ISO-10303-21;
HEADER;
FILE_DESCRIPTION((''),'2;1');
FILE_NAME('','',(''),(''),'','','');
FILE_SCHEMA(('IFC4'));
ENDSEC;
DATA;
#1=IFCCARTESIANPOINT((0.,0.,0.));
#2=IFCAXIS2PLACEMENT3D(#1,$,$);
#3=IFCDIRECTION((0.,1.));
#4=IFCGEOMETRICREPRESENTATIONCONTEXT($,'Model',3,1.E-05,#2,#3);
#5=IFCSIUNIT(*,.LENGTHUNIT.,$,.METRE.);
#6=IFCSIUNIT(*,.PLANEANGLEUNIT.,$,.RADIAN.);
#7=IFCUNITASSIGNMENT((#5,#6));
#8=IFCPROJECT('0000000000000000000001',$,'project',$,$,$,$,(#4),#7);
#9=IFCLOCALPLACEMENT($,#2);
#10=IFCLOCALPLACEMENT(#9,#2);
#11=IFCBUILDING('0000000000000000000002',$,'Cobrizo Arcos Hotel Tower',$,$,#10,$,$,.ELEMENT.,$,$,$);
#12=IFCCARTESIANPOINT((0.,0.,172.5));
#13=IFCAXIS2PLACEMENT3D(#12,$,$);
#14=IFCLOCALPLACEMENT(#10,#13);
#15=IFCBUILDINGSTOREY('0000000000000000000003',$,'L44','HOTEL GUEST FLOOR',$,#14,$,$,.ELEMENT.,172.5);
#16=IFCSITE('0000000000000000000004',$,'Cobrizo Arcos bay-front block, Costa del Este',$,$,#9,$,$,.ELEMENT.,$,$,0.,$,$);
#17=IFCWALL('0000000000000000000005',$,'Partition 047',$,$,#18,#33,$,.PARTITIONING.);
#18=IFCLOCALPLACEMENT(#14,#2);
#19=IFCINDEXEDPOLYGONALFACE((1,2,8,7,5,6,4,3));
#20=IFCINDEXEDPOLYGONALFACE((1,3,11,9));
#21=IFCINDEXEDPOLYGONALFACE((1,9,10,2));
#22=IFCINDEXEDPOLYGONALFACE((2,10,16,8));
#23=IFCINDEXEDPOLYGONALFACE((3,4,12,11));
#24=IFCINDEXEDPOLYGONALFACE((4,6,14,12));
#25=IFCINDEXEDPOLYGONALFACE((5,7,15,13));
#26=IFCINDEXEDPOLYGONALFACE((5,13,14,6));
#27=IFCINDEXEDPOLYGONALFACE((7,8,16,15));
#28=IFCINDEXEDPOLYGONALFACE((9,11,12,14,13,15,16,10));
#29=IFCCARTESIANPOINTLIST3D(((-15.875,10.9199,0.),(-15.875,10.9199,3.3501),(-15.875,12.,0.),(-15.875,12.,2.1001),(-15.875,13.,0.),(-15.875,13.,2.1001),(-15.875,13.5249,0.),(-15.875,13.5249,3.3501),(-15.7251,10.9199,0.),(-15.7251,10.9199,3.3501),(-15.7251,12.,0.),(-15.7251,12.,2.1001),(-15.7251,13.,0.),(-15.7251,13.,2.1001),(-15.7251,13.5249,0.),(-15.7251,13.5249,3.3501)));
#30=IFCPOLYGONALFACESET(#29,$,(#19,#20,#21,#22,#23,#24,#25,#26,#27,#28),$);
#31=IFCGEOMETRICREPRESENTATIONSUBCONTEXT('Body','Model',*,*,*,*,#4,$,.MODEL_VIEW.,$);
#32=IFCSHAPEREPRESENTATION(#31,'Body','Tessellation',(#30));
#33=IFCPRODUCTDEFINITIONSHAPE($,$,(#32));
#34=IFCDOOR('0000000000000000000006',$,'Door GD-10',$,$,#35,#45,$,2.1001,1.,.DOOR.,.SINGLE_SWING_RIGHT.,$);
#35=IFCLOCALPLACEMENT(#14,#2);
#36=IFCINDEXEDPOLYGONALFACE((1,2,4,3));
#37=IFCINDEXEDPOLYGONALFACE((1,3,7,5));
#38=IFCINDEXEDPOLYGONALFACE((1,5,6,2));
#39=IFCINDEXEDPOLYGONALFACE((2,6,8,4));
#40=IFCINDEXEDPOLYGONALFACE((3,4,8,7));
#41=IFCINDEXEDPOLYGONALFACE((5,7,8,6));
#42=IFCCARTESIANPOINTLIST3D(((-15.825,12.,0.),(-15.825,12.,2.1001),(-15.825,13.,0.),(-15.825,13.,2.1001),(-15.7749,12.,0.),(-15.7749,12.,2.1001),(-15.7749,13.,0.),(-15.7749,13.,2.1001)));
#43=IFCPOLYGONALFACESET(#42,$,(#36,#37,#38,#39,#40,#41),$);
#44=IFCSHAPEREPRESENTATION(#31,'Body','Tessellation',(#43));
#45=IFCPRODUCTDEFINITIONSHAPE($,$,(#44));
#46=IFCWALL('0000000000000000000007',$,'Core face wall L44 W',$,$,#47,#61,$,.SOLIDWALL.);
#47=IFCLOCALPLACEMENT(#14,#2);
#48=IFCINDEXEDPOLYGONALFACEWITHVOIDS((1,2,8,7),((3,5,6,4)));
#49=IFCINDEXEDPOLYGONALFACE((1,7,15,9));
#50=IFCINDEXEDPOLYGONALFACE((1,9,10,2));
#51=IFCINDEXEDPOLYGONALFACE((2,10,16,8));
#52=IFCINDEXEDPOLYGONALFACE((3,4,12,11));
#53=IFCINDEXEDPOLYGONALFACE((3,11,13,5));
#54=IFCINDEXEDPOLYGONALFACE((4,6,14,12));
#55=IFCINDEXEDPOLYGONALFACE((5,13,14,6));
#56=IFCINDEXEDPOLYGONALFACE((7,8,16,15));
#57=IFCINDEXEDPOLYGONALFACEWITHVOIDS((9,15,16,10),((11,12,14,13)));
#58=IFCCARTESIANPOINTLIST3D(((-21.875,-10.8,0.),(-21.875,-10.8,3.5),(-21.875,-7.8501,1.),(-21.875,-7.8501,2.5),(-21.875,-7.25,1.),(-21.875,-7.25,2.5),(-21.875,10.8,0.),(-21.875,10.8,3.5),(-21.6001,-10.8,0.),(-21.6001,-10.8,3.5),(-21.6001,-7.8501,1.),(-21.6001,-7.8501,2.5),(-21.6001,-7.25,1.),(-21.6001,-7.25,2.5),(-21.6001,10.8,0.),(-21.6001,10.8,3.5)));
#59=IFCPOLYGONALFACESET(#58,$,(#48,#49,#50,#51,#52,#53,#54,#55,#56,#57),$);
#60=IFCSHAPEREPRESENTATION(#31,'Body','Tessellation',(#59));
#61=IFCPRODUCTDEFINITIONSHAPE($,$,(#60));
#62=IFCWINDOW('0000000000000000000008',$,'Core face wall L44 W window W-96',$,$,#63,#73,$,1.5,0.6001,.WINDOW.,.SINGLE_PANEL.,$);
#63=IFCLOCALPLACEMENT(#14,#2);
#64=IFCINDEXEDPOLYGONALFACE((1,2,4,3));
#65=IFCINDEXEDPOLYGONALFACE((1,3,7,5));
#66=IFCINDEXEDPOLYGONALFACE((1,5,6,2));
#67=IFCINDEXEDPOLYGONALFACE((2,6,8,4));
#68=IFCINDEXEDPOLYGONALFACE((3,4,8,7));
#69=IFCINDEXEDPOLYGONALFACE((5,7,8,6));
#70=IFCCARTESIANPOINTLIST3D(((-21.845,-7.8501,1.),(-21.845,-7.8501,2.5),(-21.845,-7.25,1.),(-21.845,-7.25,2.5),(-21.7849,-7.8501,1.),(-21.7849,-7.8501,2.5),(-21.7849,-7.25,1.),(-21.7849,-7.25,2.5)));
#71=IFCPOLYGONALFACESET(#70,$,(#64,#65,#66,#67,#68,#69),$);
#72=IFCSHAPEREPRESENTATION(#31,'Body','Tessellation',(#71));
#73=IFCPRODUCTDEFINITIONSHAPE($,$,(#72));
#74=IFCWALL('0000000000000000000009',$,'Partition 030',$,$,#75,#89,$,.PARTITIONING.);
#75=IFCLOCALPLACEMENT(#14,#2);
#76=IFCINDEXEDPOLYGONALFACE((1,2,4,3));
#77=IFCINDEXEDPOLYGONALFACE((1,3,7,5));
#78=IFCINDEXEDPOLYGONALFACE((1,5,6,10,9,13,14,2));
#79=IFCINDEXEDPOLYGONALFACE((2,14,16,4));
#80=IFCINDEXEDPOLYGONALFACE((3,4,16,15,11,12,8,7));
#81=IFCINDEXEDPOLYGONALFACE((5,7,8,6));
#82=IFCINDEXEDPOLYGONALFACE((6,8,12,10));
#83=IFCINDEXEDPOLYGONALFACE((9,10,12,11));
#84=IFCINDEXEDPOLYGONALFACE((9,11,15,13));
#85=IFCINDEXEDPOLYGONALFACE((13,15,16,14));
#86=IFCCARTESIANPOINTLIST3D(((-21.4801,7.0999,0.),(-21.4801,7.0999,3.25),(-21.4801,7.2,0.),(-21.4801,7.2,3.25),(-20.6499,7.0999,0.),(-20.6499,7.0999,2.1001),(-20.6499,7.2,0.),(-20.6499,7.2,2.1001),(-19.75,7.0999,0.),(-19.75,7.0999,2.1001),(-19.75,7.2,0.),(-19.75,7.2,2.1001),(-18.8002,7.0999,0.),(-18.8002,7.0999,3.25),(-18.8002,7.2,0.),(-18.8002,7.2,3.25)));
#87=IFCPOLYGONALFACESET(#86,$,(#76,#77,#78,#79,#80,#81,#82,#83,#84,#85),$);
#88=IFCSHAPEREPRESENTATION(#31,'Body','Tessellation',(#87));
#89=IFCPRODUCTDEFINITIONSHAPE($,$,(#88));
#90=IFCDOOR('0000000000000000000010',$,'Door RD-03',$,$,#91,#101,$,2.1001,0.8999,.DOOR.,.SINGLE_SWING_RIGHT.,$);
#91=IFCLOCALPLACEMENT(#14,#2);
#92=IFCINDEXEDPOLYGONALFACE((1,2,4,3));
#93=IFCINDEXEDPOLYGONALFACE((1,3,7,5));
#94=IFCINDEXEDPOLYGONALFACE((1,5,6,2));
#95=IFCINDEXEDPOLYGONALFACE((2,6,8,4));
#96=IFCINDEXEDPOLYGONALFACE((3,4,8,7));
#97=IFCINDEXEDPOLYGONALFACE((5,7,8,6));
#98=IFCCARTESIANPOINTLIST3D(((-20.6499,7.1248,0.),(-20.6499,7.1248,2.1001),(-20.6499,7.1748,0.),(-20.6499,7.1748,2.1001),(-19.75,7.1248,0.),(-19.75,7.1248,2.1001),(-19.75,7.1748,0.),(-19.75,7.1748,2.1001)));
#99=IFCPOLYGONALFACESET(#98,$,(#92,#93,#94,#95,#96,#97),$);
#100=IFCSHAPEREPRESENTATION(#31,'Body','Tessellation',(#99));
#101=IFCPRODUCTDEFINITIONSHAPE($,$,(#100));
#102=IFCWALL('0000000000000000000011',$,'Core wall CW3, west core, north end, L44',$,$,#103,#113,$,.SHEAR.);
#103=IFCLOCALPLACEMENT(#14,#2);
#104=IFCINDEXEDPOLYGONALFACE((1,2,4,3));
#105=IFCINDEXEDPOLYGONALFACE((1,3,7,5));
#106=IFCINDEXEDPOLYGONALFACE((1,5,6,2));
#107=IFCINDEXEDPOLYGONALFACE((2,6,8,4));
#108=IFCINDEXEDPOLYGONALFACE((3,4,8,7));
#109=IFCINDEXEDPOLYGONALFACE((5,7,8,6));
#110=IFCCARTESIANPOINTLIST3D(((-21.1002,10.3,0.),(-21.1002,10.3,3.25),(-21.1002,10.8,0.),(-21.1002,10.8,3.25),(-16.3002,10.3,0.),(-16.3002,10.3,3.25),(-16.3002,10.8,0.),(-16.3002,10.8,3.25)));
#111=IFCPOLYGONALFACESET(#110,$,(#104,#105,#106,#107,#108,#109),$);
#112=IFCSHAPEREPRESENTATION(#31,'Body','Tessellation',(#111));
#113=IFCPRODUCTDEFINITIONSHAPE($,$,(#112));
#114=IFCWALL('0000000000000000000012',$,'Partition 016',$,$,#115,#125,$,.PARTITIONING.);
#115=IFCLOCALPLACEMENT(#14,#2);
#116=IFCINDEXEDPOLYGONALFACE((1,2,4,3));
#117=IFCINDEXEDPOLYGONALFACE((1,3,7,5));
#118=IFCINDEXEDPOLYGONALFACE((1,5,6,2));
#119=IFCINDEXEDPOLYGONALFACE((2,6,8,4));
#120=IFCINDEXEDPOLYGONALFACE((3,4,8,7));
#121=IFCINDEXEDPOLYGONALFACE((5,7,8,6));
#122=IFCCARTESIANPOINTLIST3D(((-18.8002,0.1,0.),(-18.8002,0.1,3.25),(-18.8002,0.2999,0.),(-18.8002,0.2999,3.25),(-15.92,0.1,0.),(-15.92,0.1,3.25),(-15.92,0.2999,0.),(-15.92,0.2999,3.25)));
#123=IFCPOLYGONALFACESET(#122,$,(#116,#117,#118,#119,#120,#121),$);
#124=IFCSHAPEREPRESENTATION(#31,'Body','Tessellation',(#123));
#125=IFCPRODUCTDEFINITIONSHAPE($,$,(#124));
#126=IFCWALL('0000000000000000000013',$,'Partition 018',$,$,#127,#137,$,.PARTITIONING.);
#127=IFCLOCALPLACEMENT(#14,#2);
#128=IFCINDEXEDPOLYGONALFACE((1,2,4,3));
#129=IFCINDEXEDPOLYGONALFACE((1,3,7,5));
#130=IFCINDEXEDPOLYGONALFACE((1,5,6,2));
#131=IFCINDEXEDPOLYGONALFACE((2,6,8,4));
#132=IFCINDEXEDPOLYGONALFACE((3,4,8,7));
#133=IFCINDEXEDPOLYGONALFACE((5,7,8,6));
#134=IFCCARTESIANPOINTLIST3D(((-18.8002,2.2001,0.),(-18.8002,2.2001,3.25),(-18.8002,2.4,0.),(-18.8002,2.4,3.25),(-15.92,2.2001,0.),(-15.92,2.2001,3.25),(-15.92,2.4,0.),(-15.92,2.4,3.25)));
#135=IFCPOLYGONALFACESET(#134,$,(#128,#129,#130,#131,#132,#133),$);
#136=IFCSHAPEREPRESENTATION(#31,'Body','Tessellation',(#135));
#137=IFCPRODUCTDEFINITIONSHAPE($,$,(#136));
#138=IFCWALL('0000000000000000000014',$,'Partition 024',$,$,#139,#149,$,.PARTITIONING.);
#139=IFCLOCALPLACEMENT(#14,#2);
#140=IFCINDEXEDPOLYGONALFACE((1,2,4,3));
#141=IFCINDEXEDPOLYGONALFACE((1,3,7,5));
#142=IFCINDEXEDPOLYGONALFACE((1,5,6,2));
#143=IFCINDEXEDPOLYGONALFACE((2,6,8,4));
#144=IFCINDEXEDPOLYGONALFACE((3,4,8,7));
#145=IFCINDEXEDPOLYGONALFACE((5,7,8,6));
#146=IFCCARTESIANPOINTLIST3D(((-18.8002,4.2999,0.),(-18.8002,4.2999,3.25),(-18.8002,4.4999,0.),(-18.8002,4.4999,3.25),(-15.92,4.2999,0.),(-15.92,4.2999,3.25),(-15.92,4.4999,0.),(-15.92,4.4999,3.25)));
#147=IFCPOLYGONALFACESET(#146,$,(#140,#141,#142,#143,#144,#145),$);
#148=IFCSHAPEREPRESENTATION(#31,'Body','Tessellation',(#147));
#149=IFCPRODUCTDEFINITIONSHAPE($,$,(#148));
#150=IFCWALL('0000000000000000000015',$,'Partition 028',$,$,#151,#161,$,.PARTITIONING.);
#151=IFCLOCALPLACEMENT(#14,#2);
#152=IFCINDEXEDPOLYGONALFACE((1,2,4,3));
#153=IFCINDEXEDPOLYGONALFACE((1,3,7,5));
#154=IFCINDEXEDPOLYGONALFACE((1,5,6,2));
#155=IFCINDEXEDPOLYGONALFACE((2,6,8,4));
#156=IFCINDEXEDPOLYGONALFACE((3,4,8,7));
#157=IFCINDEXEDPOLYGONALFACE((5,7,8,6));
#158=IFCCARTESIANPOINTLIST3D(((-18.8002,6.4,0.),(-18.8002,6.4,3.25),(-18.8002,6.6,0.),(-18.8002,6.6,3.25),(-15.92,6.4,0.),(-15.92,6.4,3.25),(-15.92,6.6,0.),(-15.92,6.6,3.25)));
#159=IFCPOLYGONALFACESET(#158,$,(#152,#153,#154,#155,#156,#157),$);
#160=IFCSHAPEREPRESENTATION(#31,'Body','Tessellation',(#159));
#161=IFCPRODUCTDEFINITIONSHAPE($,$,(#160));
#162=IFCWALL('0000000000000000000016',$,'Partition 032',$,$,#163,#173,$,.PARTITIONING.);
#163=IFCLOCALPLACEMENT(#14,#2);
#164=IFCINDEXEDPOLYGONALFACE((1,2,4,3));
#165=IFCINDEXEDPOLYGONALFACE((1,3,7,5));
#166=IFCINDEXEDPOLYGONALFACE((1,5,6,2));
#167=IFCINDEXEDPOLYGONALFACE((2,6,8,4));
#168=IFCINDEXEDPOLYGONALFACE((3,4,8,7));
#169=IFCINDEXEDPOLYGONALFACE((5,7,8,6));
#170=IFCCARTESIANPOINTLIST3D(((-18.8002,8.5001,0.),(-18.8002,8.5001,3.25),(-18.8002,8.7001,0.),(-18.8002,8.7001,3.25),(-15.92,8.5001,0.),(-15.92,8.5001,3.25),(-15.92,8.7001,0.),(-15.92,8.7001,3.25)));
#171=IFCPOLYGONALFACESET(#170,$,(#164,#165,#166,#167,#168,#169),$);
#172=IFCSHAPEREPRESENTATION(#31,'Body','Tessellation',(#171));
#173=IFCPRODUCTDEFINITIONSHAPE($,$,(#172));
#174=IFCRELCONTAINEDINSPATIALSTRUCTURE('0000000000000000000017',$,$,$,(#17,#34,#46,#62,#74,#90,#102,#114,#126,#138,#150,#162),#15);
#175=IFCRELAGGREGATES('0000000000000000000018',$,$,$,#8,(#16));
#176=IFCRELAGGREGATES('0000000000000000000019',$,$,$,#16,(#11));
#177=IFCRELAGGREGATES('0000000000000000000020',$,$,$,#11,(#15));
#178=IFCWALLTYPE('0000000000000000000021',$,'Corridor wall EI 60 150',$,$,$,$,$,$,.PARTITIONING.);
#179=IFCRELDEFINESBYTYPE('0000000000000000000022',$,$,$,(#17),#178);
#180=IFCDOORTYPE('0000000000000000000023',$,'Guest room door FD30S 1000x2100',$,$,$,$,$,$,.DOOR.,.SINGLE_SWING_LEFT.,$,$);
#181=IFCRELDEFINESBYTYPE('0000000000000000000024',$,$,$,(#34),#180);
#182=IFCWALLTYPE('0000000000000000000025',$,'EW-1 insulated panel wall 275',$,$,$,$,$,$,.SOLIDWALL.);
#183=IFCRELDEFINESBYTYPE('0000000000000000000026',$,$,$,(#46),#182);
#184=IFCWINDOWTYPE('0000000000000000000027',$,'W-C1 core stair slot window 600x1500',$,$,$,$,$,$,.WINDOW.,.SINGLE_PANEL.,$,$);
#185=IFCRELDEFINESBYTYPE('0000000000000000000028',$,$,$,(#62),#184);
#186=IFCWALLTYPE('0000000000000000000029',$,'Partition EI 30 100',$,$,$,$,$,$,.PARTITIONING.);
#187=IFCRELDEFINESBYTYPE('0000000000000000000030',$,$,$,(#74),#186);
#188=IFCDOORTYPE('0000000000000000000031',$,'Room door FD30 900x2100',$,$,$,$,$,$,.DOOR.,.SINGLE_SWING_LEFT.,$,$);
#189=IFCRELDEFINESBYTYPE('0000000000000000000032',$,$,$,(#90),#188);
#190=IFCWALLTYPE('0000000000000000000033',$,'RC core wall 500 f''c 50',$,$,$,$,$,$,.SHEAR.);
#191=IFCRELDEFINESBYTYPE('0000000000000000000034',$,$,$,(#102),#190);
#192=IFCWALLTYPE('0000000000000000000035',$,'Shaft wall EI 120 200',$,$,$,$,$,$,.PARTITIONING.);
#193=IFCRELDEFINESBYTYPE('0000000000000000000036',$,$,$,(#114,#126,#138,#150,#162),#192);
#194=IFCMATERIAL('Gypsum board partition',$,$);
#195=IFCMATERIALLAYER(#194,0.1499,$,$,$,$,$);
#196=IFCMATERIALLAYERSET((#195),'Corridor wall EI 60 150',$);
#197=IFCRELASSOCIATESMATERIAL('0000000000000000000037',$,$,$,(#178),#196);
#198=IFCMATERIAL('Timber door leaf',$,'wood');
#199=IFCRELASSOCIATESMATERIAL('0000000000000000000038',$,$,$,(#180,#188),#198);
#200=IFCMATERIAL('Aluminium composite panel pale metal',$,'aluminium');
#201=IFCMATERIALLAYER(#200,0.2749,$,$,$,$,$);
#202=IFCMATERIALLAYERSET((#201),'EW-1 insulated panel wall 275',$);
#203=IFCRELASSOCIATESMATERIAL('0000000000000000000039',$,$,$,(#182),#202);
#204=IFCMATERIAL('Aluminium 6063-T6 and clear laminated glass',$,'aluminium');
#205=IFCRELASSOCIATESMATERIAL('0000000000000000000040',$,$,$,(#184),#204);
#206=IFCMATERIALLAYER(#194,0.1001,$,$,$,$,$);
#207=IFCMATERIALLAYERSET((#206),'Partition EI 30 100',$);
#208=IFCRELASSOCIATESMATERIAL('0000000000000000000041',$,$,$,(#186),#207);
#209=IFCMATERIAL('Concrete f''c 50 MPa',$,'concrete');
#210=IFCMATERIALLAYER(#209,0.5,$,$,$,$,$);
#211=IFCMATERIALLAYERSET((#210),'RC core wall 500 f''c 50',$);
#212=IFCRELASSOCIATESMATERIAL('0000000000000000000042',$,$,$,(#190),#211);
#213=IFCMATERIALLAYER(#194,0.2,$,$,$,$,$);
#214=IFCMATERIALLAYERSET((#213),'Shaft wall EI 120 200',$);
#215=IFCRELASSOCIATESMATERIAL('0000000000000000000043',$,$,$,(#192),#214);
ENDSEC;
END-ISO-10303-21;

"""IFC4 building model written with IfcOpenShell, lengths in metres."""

from ifc_helpers import new_model, si_unit, direction, frame, frame_2d, origin, place, context, subcontext, project, spatial, rectangle, extrude, material, layer, layer_set, type_object, element, fill, save


model = new_model("IFC4")

# Units and contexts
model_context = context("Model", 3, precision=1e-05, world=origin(), true_north=direction((0.0, 1.0)))
body_context = subcontext(model_context, "Body", "Model", "MODEL_VIEW")
ifc_project = project(units=[si_unit("LENGTHUNIT", "METRE"), si_unit("PLANEANGLEUNIT", "RADIAN")], contexts=[model_context])

# Site, building, storey
site_placement = place(None, origin())
site = spatial("IfcSite", under=ifc_project, at=site_placement, Name="Cobrizo Arcos bay-front block, Costa del Este", CompositionType="ELEMENT", RefElevation=0.0)
building_placement = place(site_placement, origin())
building = spatial("IfcBuilding", under=site, at=building_placement, Name="Cobrizo Arcos Hotel Tower", CompositionType="ELEMENT")
storey_placement = place(building_placement, frame((0.0, 0.0, 172.5)))
storey = spatial("IfcBuildingStorey", under=building, at=storey_placement, Name="L44", Description="HOTEL GUEST FLOOR", CompositionType="ELEMENT", Elevation=172.5)

# Shared definitions
ifc_material_1 = material(Name="Aluminium composite panel pale metal", Category="aluminium")

# Wall, opening, door
ifc_material_2 = material(Name="Gypsum board partition")
ifc_layer_1 = layer(ifc_material_2, 0.1499)
ifc_layer_set_1 = layer_set([ifc_layer_1], Name="Corridor wall EI 60 150")
wall_type_1 = type_object("IfcWallType", Name="Corridor wall EI 60 150", PredefinedType="PARTITIONING", material=ifc_layer_set_1)
wall_1_placement = place(storey_placement, frame((-15.8, 10.9199, 0.0), z_axis=(0.0, 0.0, 1.0), x_axis=(0.0, 1.0, 0.0)))
wall_1 = element("IfcWall", 1, at=wall_1_placement, inside=storey, type_object=wall_type_1, Name="Partition 047", PredefinedType="PARTITIONING", context=body_context, shape_type="SweptSolid", body=[
    extrude(rectangle(XDim=2.605, YDim=0.1499, at=frame_2d((1.3025, 0.0))), origin(), (0.0, 0.0, 1.0), 3.3501),
])
opening_1_placement = place(wall_1_placement, frame((1.0801, 0.0, 0.0)))
opening_1 = element("IfcOpeningElement", 2, at=opening_1_placement, cuts=wall_1, PredefinedType="OPENING", context=body_context, shape_type="SweptSolid", body=[
    extrude(rectangle(XDim=1.0, YDim=2.1001, at=frame_2d((0.5, 1.05))), frame((0.0, 0.0869, 0.0), z_axis=(0.0, -1.0, 0.0), x_axis=(1.0, 0.0, 0.0)), (0.0, 0.0, 1.0), 0.1738),
])
ifc_material_3 = material(Name="Timber door leaf", Category="wood")
door_type_1 = type_object("IfcDoorType", Name="Guest room door FD30S 1000x2100", OperationType="SINGLE_SWING_LEFT", PredefinedType="DOOR", material=ifc_material_3)
door_1_placement = place(opening_1_placement, origin())
door_1 = element("IfcDoor", 3, at=door_1_placement, inside=storey, type_object=door_type_1, Name="Door GD-10", OperationType="SINGLE_SWING_RIGHT", OverallHeight=2.1001, OverallWidth=1.0, PredefinedType="DOOR", context=body_context, shape_type="SweptSolid", body=[
    extrude(rectangle(XDim=1.0, YDim=2.1001, at=frame_2d((0.5, 1.05))), frame((0.0, 0.0249, 0.0), z_axis=(0.0, -1.0, 0.0), x_axis=(1.0, 0.0, 0.0)), (0.0, 0.0, 1.0), 0.05),
])
fill(opening_1, door_1)

# Wall, opening, window
ifc_layer_2 = layer(ifc_material_1, 0.2749)
ifc_layer_set_2 = layer_set([ifc_layer_2], Name="EW-1 insulated panel wall 275")
wall_type_2 = type_object("IfcWallType", Name="EW-1 insulated panel wall 275", PredefinedType="SOLIDWALL", material=ifc_layer_set_2)
wall_2_placement = place(storey_placement, frame((-21.7375, 10.8, 0.0), z_axis=(0.0, 0.0, 1.0), x_axis=(0.0, -1.0, 0.0)))
wall_2 = element("IfcWall", 4, at=wall_2_placement, inside=storey, type_object=wall_type_2, Name="Core face wall L44 W", PredefinedType="SOLIDWALL", context=body_context, shape_type="SweptSolid", body=[
    extrude(rectangle(XDim=21.6001, YDim=0.2749, at=frame_2d((10.8, 0.0))), origin(), (0.0, 0.0, 1.0), 3.5),
])
opening_2_placement = place(wall_2_placement, frame((18.05, 0.0, 1.0)))
opening_2 = element("IfcOpeningElement", 5, at=opening_2_placement, cuts=wall_2, PredefinedType="OPENING", context=body_context, shape_type="SweptSolid", body=[
    extrude(rectangle(XDim=0.6001, YDim=1.5, at=frame_2d((0.3, 0.75))), frame((0.0, 0.1494, 0.0), z_axis=(0.0, -1.0, 0.0), x_axis=(1.0, 0.0, 0.0)), (0.0, 0.0, 1.0), 0.2988),
])
ifc_material_4 = material(Name="Aluminium 6063-T6 and clear laminated glass", Category="aluminium")
window_type = type_object("IfcWindowType", Name="W-C1 core stair slot window 600x1500", PartitioningType="SINGLE_PANEL", PredefinedType="WINDOW", material=ifc_material_4)
window_placement = place(opening_2_placement, origin())
window = element("IfcWindow", 6, at=window_placement, inside=storey, type_object=window_type, Name="Core face wall L44 W window W-96", OverallHeight=1.5, OverallWidth=0.6001, PartitioningType="SINGLE_PANEL", PredefinedType="WINDOW", context=body_context, shape_type="SweptSolid", body=[
    extrude(rectangle(XDim=0.6001, YDim=1.5, at=frame_2d((0.3, 0.75))), frame((0.0, -0.0474, 0.0), z_axis=(0.0, -1.0, 0.0), x_axis=(1.0, 0.0, 0.0)), (0.0, 0.0, 1.0), 0.0601),
])
fill(opening_2, window)

# Wall, opening, door
ifc_layer_3 = layer(ifc_material_2, 0.1001)
ifc_layer_set_3 = layer_set([ifc_layer_3], Name="Partition EI 30 100")
wall_type_3 = type_object("IfcWallType", Name="Partition EI 30 100", PredefinedType="PARTITIONING", material=ifc_layer_set_3)
wall_3_placement = place(storey_placement, frame((-21.48, 7.1499, 0.0), z_axis=(0.0, 0.0, 1.0), x_axis=(1.0, 0.0, 0.0)))
wall_3 = element("IfcWall", 7, at=wall_3_placement, inside=storey, type_object=wall_type_3, Name="Partition 030", PredefinedType="PARTITIONING", context=body_context, shape_type="SweptSolid", body=[
    extrude(rectangle(XDim=2.6799, YDim=0.1001, at=frame_2d((1.3398, 0.0))), origin(), (0.0, 0.0, 1.0), 3.25),
])
opening_3_placement = place(wall_3_placement, frame((0.8301, 0.0, 0.0)))
opening_3 = element("IfcOpeningElement", 8, at=opening_3_placement, cuts=wall_3, PredefinedType="OPENING", context=body_context, shape_type="SweptSolid", body=[
    extrude(rectangle(XDim=0.8999, YDim=2.1001, at=frame_2d((0.45, 1.05))), frame((0.0, 0.062, 0.0), z_axis=(0.0, -1.0, 0.0), x_axis=(1.0, 0.0, 0.0)), (0.0, 0.0, 1.0), 0.124),
])
door_type_2 = type_object("IfcDoorType", Name="Room door FD30 900x2100", OperationType="SINGLE_SWING_LEFT", PredefinedType="DOOR", material=ifc_material_3)
door_2_placement = place(opening_3_placement, origin())
door_2 = element("IfcDoor", 9, at=door_2_placement, inside=storey, type_object=door_type_2, Name="Door RD-03", OperationType="SINGLE_SWING_RIGHT", OverallHeight=2.1001, OverallWidth=0.8999, PredefinedType="DOOR", context=body_context, shape_type="SweptSolid", body=[
    extrude(rectangle(XDim=0.8999, YDim=2.1001, at=frame_2d((0.45, 1.05))), frame((0.0, 0.0249, 0.0), z_axis=(0.0, -1.0, 0.0), x_axis=(1.0, 0.0, 0.0)), (0.0, 0.0, 1.0), 0.05),
])
fill(opening_3, door_2)

# Walls
ifc_material_5 = material(Name="Concrete f'c 50 MPa", Category="concrete")
ifc_layer_4 = layer(ifc_material_5, 0.5)
ifc_layer_set_4 = layer_set([ifc_layer_4], Name="RC core wall 500 f'c 50")
wall_type_4 = type_object("IfcWallType", Name="RC core wall 500 f'c 50", PredefinedType="SHEAR", material=ifc_layer_set_4)
wall_4_placement = place(storey_placement, frame((-21.1001, 10.55, 0.0), z_axis=(0.0, 0.0, 1.0), x_axis=(1.0, 0.0, 0.0)))
element("IfcWall", 10, at=wall_4_placement, inside=storey, type_object=wall_type_4, Name="Core wall CW3, west core, north end, L44", PredefinedType="SHEAR", context=body_context, shape_type="SweptSolid", body=[
    extrude(rectangle(XDim=4.8, YDim=0.5, at=frame_2d((2.3999, 0.0))), origin(), (0.0, 0.0, 1.0), 3.25),
])
ifc_layer_5 = layer(ifc_material_2, 0.2)
ifc_layer_set_5 = layer_set([ifc_layer_5], Name="Shaft wall EI 120 200")
wall_type_5 = type_object("IfcWallType", Name="Shaft wall EI 120 200", PredefinedType="PARTITIONING", material=ifc_layer_set_5)
for number, where, z_axis, x_axis, name in (
    (11, (-18.8, 0.2, 0.0), (0.0, 0.0, 1.0), (1.0, 0.0, 0.0), "Partition 016"),
    (12, (-18.8, 2.3, 0.0), (0.0, 0.0, 1.0), (1.0, 0.0, 0.0), "Partition 018"),
    (13, (-18.8, 4.3999, 0.0), (0.0, 0.0, 1.0), (1.0, 0.0, 0.0), "Partition 024"),
    (14, (-18.8, 6.5, 0.0), (0.0, 0.0, 1.0), (1.0, 0.0, 0.0), "Partition 028"),
    (15, (-18.8, 8.6001, 0.0), (0.0, 0.0, 1.0), (1.0, 0.0, 0.0), "Partition 032"),
):
    element("IfcWall", number, at=place(storey_placement, frame(where, z_axis=z_axis, x_axis=x_axis)), inside=storey, type_object=wall_type_5, Name=name, PredefinedType="PARTITIONING", context=body_context, shape_type="SweptSolid", body=[
        extrude(rectangle(XDim=2.8801, YDim=0.2, at=frame_2d((1.4399, 0.0))), origin(), (0.0, 0.0, 1.0), 3.25),
    ])

save(model, "model.ifc")
